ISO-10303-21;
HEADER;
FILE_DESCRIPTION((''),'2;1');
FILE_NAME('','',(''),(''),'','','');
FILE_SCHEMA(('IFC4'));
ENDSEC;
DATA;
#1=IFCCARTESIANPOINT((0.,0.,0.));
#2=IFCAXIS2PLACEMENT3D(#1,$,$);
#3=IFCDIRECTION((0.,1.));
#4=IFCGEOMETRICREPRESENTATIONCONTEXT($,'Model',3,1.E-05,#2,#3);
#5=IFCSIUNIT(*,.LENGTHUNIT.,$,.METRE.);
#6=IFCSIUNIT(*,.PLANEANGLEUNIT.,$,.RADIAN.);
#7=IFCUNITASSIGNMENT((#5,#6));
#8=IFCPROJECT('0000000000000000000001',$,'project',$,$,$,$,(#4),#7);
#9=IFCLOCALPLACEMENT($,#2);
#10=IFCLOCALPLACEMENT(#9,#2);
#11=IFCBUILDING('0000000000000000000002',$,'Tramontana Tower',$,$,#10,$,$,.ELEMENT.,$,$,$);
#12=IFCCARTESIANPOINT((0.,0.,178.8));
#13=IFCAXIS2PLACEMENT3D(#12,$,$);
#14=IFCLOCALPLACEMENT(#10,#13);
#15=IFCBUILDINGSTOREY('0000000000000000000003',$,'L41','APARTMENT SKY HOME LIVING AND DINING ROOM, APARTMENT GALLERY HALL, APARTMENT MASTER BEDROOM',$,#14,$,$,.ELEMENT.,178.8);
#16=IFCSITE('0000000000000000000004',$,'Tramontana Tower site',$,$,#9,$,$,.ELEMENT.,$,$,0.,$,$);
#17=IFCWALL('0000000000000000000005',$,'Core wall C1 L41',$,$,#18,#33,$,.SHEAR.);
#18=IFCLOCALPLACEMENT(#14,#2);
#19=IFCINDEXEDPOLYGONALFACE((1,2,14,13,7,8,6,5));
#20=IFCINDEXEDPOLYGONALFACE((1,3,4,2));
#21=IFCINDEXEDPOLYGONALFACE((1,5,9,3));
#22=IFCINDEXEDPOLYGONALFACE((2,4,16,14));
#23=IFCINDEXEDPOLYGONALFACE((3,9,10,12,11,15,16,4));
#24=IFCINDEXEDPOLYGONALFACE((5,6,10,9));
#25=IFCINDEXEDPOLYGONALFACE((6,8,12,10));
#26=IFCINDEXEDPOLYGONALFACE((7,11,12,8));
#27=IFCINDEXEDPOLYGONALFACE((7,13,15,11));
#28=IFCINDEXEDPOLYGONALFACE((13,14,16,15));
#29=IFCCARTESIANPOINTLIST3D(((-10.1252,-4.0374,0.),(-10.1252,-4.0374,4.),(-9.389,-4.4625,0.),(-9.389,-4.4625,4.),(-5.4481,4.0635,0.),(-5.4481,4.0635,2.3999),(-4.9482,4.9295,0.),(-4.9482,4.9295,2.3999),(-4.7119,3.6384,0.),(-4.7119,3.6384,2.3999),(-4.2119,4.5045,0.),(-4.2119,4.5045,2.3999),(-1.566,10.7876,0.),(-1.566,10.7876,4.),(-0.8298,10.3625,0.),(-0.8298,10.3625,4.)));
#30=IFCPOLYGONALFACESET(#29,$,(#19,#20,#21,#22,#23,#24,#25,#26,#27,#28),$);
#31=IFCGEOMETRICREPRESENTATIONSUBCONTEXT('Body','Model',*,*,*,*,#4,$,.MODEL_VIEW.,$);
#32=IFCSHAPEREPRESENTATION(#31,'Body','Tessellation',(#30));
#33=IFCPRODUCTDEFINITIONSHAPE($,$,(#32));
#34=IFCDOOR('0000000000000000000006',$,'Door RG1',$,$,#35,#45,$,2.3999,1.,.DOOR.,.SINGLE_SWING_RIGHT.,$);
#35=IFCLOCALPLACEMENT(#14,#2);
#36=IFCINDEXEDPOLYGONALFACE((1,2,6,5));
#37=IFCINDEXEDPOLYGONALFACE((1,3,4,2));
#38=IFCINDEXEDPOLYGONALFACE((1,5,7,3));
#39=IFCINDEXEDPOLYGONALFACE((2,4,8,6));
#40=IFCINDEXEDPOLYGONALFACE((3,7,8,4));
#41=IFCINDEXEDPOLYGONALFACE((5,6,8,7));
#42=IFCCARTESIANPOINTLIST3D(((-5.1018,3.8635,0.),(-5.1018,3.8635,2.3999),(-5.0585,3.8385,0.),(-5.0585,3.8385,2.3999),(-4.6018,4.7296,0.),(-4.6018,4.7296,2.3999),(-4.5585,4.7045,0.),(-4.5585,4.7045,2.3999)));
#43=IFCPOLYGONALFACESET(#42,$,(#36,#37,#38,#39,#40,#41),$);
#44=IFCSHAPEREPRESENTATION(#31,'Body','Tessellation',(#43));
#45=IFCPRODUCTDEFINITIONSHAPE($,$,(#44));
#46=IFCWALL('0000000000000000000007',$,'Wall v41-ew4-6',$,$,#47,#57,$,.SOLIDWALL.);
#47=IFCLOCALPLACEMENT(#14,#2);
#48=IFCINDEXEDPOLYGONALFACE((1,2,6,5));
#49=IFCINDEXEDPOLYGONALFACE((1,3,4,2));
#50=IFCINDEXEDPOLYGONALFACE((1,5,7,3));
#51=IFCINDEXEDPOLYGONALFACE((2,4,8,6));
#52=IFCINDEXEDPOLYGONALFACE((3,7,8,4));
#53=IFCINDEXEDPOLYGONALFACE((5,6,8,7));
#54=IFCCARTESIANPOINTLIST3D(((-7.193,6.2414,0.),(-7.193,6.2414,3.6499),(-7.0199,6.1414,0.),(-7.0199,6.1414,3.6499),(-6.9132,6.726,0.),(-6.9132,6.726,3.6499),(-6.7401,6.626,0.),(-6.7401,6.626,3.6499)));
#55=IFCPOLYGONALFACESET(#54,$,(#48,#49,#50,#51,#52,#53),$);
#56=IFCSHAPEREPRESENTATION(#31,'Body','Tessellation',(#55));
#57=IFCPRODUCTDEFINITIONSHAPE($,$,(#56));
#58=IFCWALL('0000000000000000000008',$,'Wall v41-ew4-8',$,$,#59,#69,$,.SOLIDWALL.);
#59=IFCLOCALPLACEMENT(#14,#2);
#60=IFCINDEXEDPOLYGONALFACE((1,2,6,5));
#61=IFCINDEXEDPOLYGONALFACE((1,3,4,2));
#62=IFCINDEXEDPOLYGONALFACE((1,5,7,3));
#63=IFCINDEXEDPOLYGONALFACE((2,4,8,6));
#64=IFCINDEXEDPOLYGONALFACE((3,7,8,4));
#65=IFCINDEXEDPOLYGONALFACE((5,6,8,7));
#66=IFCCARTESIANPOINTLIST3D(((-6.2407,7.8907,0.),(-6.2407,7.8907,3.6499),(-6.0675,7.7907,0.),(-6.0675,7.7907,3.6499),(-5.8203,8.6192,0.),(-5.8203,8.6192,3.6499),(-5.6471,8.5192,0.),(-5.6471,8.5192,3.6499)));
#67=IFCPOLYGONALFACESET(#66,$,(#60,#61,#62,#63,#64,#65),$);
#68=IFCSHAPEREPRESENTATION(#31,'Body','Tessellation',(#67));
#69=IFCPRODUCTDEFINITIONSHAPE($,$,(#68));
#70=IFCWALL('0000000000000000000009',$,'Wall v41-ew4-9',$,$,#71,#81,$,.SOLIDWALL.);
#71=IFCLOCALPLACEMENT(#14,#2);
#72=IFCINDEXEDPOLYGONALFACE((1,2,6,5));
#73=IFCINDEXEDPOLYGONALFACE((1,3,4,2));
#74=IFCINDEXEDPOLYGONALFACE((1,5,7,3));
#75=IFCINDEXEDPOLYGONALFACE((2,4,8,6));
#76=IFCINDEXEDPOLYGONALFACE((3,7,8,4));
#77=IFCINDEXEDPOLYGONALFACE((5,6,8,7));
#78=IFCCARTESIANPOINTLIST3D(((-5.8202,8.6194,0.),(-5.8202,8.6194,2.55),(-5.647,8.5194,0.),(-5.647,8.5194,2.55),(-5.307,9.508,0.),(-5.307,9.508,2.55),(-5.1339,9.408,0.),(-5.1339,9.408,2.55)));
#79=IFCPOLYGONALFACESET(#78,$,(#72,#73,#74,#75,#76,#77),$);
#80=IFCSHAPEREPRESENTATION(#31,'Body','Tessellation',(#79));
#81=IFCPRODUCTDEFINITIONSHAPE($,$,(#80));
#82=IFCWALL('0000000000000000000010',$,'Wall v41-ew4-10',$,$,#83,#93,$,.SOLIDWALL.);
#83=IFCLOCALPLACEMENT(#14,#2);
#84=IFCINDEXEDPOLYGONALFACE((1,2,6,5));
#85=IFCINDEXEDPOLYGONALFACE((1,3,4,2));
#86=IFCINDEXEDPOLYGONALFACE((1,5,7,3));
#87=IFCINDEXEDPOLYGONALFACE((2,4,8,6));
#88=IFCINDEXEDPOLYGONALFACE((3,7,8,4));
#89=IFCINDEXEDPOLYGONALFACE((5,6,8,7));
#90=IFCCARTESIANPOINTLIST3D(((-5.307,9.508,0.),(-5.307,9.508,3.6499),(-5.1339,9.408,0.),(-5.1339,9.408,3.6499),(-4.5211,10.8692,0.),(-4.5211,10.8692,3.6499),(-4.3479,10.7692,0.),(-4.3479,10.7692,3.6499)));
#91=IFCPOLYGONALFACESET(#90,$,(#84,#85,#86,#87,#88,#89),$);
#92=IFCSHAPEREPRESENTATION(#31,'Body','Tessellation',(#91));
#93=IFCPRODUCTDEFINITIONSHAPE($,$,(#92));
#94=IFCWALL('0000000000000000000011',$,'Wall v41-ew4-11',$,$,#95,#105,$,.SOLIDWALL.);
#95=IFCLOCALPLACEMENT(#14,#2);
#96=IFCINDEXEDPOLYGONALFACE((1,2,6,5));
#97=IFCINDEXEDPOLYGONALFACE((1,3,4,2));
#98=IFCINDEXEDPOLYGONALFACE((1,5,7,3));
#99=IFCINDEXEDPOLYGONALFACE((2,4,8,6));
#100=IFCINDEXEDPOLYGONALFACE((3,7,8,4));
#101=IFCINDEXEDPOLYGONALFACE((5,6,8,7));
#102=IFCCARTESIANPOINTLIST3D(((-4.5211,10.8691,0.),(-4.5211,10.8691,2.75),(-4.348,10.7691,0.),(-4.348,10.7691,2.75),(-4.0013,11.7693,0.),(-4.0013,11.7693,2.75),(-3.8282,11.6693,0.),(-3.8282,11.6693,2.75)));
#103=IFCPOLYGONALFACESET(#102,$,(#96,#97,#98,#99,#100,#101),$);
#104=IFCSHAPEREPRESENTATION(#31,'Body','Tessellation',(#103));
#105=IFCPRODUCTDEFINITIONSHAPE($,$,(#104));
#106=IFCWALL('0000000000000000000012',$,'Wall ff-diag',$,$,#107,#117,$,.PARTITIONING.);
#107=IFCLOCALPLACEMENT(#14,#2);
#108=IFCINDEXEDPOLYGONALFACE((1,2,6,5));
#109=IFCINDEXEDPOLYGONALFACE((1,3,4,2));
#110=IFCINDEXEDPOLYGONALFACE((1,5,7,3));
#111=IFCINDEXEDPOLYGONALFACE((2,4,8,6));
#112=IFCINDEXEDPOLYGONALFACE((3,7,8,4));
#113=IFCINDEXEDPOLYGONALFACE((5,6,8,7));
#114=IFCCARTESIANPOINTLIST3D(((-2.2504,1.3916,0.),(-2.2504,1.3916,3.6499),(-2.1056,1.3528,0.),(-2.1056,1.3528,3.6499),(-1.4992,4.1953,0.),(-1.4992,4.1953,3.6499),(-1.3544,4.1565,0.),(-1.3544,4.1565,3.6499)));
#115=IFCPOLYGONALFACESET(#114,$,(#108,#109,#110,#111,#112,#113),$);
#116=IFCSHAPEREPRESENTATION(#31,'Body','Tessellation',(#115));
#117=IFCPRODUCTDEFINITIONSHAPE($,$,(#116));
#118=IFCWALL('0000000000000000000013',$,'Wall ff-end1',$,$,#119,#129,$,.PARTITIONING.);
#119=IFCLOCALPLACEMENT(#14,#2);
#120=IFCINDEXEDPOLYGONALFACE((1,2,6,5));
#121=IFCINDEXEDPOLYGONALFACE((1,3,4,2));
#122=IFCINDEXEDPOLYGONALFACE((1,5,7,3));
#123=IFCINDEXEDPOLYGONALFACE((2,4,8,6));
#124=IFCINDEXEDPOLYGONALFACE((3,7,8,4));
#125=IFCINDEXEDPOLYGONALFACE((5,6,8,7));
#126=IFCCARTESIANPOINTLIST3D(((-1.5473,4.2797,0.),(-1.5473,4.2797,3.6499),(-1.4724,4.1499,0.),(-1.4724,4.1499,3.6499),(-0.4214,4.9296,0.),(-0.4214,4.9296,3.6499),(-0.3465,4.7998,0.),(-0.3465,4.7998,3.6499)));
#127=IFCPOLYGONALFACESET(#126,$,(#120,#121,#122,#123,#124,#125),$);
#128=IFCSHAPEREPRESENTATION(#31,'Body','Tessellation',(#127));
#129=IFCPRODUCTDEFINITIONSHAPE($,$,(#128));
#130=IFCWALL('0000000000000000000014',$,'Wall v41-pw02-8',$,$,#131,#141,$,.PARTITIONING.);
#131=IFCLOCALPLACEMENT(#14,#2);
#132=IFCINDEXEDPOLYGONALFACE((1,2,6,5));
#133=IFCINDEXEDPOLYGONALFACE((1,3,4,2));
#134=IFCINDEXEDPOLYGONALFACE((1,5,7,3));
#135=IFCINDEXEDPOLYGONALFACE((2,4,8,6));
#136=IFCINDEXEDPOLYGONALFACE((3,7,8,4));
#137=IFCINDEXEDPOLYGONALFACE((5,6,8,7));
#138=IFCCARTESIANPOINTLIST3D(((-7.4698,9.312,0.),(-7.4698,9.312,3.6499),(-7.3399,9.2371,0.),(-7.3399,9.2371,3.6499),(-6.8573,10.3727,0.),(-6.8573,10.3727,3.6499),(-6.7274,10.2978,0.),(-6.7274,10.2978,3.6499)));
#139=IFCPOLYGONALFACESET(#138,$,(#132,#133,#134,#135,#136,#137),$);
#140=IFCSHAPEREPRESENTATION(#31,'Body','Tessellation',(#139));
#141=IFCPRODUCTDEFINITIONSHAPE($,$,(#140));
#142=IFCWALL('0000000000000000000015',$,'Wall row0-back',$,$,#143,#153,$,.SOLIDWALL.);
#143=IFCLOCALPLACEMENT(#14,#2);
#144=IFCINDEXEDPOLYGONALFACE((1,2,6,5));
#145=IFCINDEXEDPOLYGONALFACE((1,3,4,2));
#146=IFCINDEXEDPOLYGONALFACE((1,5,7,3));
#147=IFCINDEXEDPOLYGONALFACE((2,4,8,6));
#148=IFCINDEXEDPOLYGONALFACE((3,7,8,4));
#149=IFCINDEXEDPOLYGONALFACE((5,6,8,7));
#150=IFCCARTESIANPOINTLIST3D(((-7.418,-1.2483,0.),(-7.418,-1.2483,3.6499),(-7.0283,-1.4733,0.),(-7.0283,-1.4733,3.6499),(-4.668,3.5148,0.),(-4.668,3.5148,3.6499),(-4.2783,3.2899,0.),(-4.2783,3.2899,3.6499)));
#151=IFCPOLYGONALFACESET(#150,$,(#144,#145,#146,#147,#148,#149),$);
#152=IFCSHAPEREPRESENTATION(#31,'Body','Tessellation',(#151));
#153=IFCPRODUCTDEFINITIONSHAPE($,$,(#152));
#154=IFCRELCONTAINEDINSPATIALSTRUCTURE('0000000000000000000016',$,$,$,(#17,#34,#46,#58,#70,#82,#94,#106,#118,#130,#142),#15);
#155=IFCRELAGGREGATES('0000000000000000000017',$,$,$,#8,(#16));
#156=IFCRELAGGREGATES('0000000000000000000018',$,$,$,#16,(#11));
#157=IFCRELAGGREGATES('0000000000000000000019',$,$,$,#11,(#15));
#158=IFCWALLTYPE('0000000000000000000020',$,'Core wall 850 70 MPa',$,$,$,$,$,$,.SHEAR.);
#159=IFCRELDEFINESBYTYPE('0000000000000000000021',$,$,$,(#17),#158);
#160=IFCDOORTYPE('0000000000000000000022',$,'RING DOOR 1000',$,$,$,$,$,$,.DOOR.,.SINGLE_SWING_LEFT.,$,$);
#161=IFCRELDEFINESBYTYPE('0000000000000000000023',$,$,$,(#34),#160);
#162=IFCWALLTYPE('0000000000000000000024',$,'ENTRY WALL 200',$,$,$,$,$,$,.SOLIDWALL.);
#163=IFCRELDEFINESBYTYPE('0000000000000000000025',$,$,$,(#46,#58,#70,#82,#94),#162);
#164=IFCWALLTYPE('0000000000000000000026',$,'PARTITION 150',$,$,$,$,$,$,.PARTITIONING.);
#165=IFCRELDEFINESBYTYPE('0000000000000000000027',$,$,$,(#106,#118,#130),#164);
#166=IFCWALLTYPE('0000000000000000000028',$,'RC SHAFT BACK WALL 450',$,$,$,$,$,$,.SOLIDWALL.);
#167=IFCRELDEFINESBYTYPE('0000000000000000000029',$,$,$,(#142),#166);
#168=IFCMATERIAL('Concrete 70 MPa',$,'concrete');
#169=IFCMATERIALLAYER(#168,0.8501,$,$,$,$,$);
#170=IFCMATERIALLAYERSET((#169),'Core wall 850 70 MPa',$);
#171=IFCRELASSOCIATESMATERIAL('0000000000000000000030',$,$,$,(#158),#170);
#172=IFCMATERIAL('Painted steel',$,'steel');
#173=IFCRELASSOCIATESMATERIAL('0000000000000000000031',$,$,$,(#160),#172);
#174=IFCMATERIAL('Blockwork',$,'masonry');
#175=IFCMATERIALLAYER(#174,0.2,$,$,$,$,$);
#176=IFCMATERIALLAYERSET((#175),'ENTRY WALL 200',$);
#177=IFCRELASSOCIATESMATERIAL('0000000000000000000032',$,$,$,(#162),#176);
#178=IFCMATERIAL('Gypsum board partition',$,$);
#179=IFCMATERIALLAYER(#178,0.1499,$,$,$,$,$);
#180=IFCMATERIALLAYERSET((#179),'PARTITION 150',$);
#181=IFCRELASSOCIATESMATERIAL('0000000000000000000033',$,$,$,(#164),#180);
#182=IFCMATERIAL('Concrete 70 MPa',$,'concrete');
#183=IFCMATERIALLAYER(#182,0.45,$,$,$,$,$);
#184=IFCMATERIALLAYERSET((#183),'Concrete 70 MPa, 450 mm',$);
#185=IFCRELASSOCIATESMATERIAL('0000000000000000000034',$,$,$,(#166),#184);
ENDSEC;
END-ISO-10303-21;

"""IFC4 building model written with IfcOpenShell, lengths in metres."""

from ifc_helpers import new_model, si_unit, direction, frame, frame_2d, origin, place, context, subcontext, project, spatial, rectangle, extrude, material, layer, layer_set, type_object, element, fill, save


model = new_model("IFC4")

# Units and contexts
model_context = context("Model", 3, precision=1e-05, world=origin(), true_north=direction((0.0, 1.0)))
body_context = subcontext(model_context, "Body", "Model", "MODEL_VIEW")
ifc_project = project(units=[si_unit("LENGTHUNIT", "METRE"), si_unit("PLANEANGLEUNIT", "RADIAN")], contexts=[model_context])

# Site, building, storey
site_placement = place(None, origin())
site = spatial("IfcSite", under=ifc_project, at=site_placement, Name="Tramontana Tower site", CompositionType="ELEMENT", RefElevation=0.0)
building_placement = place(site_placement, origin())
building = spatial("IfcBuilding", under=site, at=building_placement, Name="Tramontana Tower", CompositionType="ELEMENT")
storey_placement = place(building_placement, frame((0.0, 0.0, 178.8)))
storey = spatial("IfcBuildingStorey", under=building, at=storey_placement, Name="L41", Description="APARTMENT SKY HOME LIVING AND DINING ROOM, APARTMENT GALLERY HALL, APARTMENT MASTER BEDROOM", CompositionType="ELEMENT", Elevation=178.8)

# Wall, opening, door
ifc_material_1 = material(Name="Concrete 70 MPa", Category="concrete")
ifc_layer_1 = layer(ifc_material_1, 0.8501)
ifc_layer_set_1 = layer_set([ifc_layer_1], Name="Core wall 850 70 MPa")
wall_type_1 = type_object("IfcWallType", Name="Core wall 850 70 MPa", PredefinedType="SHEAR", material=ifc_layer_set_1)
wall_1_placement = place(storey_placement, frame((-1.198, 10.575, 0.0), z_axis=(0.0, 0.0, 1.0), x_axis=(-0.499995, -0.866028, 0.0)))
wall_1 = element("IfcWall", 1, at=wall_1_placement, inside=storey, type_object=wall_type_1, Name="Core wall C1 L41", PredefinedType="SHEAR", context=body_context, shape_type="SweptSolid", body=[
    extrude(rectangle(XDim=17.1184, YDim=0.8501, at=frame_2d((8.5591, 0.0))), origin(), (0.0, 0.0, 1.0), 4.0),
])
opening_1_placement = place(wall_1_placement, frame((6.7642, 0.0, 0.0)))
opening_1 = element("IfcOpeningElement", 2, at=opening_1_placement, cuts=wall_1, PredefinedType="OPENING", context=body_context, shape_type="SweptSolid", body=[
    extrude(rectangle(XDim=1.0, YDim=2.3999, at=frame_2d((0.5, 1.2))), frame((0.0, 0.4351, 0.0), z_axis=(0.0, -1.0, 0.0), x_axis=(1.0, 0.0, 0.0)), (0.0, 0.0, 1.0), 0.8701),
])
ifc_material_2 = material(Name="Painted steel", Category="steel")
door_type_1 = type_object("IfcDoorType", Name="RING DOOR 1000", OperationType="SINGLE_SWING_LEFT", PredefinedType="DOOR", material=ifc_material_2)
door_1_placement = place(opening_1_placement, origin())
door_1 = element("IfcDoor", 3, at=door_1_placement, inside=storey, type_object=door_type_1, Name="Door RG1", OperationType="SINGLE_SWING_RIGHT", OverallHeight=2.3999, OverallWidth=1.0, PredefinedType="DOOR", context=body_context, shape_type="SweptSolid", body=[
    extrude(rectangle(XDim=1.0, YDim=2.3999, at=frame_2d((0.5, 1.2))), frame((0.0, 0.0249, 0.0), z_axis=(0.0, -1.0, 0.0), x_axis=(1.0, 0.0, 0.0)), (0.0, 0.0, 1.0), 0.05),
])
fill(opening_1, door_1)

# Wall
ifc_material_3 = material(Name="Blockwork", Category="masonry")
ifc_layer_2 = layer(ifc_material_3, 0.2)
ifc_layer_set_2 = layer_set([ifc_layer_2], Name="ENTRY WALL 200")
wall_type_2 = type_object("IfcWallType", Name="ENTRY WALL 200", PredefinedType="SOLIDWALL", material=ifc_layer_set_2)
wall_2_placement = place(storey_placement, frame((-7.1064, 6.1914, 0.0), z_axis=(0.0, 0.0, 1.0), x_axis=(0.499987, 0.866033, 0.0)))
element("IfcWall", 4, at=wall_2_placement, inside=storey, type_object=wall_type_2, Name="Wall v41-ew4-6", PredefinedType="SOLIDWALL", context=body_context, shape_type="SweptSolid", body=[
    extrude(rectangle(XDim=0.5596, YDim=0.2, at=frame_2d((0.2798, 0.0))), origin(), (0.0, 0.0, 1.0), 3.6499),
])

# Walls
wall_3_placement = place(storey_placement, frame((-6.1541, 7.8408, 0.0), z_axis=(0.0, 0.0, 1.0), x_axis=(0.499823, 0.866128, 0.0)))
element("IfcWall", 5, at=wall_3_placement, inside=storey, type_object=wall_type_2, Name="Wall v41-ew4-8", PredefinedType="SOLIDWALL", context=body_context, shape_type="SweptSolid", body=[
    extrude(rectangle(XDim=0.8411, YDim=0.2, at=frame_2d((0.4204, 0.0))), origin(), (0.0, 0.0, 1.0), 3.6499),
])
wall_4_placement = place(storey_placement, frame((-5.7336, 8.5693, 0.0), z_axis=(0.0, 0.0, 1.0), x_axis=(0.500079, 0.86598, 0.0)))
element("IfcWall", 6, at=wall_4_placement, inside=storey, type_object=wall_type_2, Name="Wall v41-ew4-9", PredefinedType="SOLIDWALL", context=body_context, shape_type="SweptSolid", body=[
    extrude(rectangle(XDim=1.0261, YDim=0.2, at=frame_2d((0.5132, 0.0))), origin(), (0.0, 0.0, 1.0), 2.55),
])
wall_5_placement = place(storey_placement, frame((-5.2205, 9.458, 0.0), z_axis=(0.0, 0.0, 1.0), x_axis=(0.500032, 0.866007, 0.0)))
element("IfcWall", 7, at=wall_5_placement, inside=storey, type_object=wall_type_2, Name="Wall v41-ew4-10", PredefinedType="SOLIDWALL", context=body_context, shape_type="SweptSolid", body=[
    extrude(rectangle(XDim=1.5718, YDim=0.2, at=frame_2d((0.7859, 0.0))), origin(), (0.0, 0.0, 1.0), 3.6499),
])
wall_6_placement = place(storey_placement, frame((-4.4346, 10.8191, 0.0), z_axis=(0.0, 0.0, 1.0), x_axis=(0.500055, 0.865994, 0.0)))
element("IfcWall", 8, at=wall_6_placement, inside=storey, type_object=wall_type_2, Name="Wall v41-ew4-11", PredefinedType="SOLIDWALL", context=body_context, shape_type="SweptSolid", body=[
    extrude(rectangle(XDim=1.0396, YDim=0.2, at=frame_2d((0.5198, 0.0))), origin(), (0.0, 0.0, 1.0), 2.75),
])
ifc_material_4 = material(Name="Gypsum board partition")
ifc_layer_3 = layer(ifc_material_4, 0.1499)
ifc_layer_set_3 = layer_set([ifc_layer_3], Name="PARTITION 150")
wall_type_3 = type_object("IfcWallType", Name="PARTITION 150", PredefinedType="PARTITIONING", material=ifc_layer_set_3)
wall_7_placement = place(storey_placement, frame((-2.178, 1.3723, 0.0), z_axis=(0.0, 0.0, 1.0), x_axis=(0.258809, 0.965929, 0.0)))
element("IfcWall", 9, at=wall_7_placement, inside=storey, type_object=wall_type_3, Name="Wall ff-diag", PredefinedType="PARTITIONING", context=body_context, shape_type="SweptSolid", body=[
    extrude(rectangle(XDim=2.9026, YDim=0.1499, at=frame_2d((1.4512, 0.0))), origin(), (0.0, 0.0, 1.0), 3.6499),
])
wall_8_placement = place(storey_placement, frame((-1.5098, 4.2148, 0.0), z_axis=(0.0, 0.0, 1.0), x_axis=(0.866086, 0.499896, 0.0)))
element("IfcWall", 10, at=wall_8_placement, inside=storey, type_object=wall_type_3, Name="Wall ff-end1", PredefinedType="PARTITIONING", context=body_context, shape_type="SweptSolid", body=[
    extrude(rectangle(XDim=1.3, YDim=0.1499, at=frame_2d((0.6499, 0.0))), origin(), (0.0, 0.0, 1.0), 3.6499),
])
wall_9_placement = place(storey_placement, frame((-7.4048, 9.2747, 0.0), z_axis=(0.0, 0.0, 1.0), x_axis=(0.500062, 0.86599, 0.0)))
element("IfcWall", 11, at=wall_9_placement, inside=storey, type_object=wall_type_3, Name="Wall v41-pw02-8", PredefinedType="PARTITIONING", context=body_context, shape_type="SweptSolid", body=[
    extrude(rectangle(XDim=1.2249, YDim=0.1499, at=frame_2d((0.6123, 0.0))), origin(), (0.0, 0.0, 1.0), 3.6499),
])

# Wall
ifc_material_5 = material(Name="Concrete 70 MPa", Category="concrete")
ifc_layer_4 = layer(ifc_material_5, 0.45)
ifc_layer_set_4 = layer_set([ifc_layer_4], Name="Concrete 70 MPa, 450 mm")
wall_type_4 = type_object("IfcWallType", Name="RC SHAFT BACK WALL 450", PredefinedType="SOLIDWALL", material=ifc_layer_set_4)
wall_10_placement = place(storey_placement, frame((-4.4731, 3.4023, 0.0), z_axis=(0.0, 0.0, 1.0), x_axis=(-0.499997, -0.866027, 0.0)))
element("IfcWall", 12, at=wall_10_placement, inside=storey, type_object=wall_type_4, Name="Wall row0-back", PredefinedType="SOLIDWALL", context=body_context, shape_type="SweptSolid", body=[
    extrude(rectangle(XDim=5.5, YDim=0.45, at=frame_2d((2.75, 0.0))), origin(), (0.0, 0.0, 1.0), 3.6499),
])

save(model, "model.ifc")
